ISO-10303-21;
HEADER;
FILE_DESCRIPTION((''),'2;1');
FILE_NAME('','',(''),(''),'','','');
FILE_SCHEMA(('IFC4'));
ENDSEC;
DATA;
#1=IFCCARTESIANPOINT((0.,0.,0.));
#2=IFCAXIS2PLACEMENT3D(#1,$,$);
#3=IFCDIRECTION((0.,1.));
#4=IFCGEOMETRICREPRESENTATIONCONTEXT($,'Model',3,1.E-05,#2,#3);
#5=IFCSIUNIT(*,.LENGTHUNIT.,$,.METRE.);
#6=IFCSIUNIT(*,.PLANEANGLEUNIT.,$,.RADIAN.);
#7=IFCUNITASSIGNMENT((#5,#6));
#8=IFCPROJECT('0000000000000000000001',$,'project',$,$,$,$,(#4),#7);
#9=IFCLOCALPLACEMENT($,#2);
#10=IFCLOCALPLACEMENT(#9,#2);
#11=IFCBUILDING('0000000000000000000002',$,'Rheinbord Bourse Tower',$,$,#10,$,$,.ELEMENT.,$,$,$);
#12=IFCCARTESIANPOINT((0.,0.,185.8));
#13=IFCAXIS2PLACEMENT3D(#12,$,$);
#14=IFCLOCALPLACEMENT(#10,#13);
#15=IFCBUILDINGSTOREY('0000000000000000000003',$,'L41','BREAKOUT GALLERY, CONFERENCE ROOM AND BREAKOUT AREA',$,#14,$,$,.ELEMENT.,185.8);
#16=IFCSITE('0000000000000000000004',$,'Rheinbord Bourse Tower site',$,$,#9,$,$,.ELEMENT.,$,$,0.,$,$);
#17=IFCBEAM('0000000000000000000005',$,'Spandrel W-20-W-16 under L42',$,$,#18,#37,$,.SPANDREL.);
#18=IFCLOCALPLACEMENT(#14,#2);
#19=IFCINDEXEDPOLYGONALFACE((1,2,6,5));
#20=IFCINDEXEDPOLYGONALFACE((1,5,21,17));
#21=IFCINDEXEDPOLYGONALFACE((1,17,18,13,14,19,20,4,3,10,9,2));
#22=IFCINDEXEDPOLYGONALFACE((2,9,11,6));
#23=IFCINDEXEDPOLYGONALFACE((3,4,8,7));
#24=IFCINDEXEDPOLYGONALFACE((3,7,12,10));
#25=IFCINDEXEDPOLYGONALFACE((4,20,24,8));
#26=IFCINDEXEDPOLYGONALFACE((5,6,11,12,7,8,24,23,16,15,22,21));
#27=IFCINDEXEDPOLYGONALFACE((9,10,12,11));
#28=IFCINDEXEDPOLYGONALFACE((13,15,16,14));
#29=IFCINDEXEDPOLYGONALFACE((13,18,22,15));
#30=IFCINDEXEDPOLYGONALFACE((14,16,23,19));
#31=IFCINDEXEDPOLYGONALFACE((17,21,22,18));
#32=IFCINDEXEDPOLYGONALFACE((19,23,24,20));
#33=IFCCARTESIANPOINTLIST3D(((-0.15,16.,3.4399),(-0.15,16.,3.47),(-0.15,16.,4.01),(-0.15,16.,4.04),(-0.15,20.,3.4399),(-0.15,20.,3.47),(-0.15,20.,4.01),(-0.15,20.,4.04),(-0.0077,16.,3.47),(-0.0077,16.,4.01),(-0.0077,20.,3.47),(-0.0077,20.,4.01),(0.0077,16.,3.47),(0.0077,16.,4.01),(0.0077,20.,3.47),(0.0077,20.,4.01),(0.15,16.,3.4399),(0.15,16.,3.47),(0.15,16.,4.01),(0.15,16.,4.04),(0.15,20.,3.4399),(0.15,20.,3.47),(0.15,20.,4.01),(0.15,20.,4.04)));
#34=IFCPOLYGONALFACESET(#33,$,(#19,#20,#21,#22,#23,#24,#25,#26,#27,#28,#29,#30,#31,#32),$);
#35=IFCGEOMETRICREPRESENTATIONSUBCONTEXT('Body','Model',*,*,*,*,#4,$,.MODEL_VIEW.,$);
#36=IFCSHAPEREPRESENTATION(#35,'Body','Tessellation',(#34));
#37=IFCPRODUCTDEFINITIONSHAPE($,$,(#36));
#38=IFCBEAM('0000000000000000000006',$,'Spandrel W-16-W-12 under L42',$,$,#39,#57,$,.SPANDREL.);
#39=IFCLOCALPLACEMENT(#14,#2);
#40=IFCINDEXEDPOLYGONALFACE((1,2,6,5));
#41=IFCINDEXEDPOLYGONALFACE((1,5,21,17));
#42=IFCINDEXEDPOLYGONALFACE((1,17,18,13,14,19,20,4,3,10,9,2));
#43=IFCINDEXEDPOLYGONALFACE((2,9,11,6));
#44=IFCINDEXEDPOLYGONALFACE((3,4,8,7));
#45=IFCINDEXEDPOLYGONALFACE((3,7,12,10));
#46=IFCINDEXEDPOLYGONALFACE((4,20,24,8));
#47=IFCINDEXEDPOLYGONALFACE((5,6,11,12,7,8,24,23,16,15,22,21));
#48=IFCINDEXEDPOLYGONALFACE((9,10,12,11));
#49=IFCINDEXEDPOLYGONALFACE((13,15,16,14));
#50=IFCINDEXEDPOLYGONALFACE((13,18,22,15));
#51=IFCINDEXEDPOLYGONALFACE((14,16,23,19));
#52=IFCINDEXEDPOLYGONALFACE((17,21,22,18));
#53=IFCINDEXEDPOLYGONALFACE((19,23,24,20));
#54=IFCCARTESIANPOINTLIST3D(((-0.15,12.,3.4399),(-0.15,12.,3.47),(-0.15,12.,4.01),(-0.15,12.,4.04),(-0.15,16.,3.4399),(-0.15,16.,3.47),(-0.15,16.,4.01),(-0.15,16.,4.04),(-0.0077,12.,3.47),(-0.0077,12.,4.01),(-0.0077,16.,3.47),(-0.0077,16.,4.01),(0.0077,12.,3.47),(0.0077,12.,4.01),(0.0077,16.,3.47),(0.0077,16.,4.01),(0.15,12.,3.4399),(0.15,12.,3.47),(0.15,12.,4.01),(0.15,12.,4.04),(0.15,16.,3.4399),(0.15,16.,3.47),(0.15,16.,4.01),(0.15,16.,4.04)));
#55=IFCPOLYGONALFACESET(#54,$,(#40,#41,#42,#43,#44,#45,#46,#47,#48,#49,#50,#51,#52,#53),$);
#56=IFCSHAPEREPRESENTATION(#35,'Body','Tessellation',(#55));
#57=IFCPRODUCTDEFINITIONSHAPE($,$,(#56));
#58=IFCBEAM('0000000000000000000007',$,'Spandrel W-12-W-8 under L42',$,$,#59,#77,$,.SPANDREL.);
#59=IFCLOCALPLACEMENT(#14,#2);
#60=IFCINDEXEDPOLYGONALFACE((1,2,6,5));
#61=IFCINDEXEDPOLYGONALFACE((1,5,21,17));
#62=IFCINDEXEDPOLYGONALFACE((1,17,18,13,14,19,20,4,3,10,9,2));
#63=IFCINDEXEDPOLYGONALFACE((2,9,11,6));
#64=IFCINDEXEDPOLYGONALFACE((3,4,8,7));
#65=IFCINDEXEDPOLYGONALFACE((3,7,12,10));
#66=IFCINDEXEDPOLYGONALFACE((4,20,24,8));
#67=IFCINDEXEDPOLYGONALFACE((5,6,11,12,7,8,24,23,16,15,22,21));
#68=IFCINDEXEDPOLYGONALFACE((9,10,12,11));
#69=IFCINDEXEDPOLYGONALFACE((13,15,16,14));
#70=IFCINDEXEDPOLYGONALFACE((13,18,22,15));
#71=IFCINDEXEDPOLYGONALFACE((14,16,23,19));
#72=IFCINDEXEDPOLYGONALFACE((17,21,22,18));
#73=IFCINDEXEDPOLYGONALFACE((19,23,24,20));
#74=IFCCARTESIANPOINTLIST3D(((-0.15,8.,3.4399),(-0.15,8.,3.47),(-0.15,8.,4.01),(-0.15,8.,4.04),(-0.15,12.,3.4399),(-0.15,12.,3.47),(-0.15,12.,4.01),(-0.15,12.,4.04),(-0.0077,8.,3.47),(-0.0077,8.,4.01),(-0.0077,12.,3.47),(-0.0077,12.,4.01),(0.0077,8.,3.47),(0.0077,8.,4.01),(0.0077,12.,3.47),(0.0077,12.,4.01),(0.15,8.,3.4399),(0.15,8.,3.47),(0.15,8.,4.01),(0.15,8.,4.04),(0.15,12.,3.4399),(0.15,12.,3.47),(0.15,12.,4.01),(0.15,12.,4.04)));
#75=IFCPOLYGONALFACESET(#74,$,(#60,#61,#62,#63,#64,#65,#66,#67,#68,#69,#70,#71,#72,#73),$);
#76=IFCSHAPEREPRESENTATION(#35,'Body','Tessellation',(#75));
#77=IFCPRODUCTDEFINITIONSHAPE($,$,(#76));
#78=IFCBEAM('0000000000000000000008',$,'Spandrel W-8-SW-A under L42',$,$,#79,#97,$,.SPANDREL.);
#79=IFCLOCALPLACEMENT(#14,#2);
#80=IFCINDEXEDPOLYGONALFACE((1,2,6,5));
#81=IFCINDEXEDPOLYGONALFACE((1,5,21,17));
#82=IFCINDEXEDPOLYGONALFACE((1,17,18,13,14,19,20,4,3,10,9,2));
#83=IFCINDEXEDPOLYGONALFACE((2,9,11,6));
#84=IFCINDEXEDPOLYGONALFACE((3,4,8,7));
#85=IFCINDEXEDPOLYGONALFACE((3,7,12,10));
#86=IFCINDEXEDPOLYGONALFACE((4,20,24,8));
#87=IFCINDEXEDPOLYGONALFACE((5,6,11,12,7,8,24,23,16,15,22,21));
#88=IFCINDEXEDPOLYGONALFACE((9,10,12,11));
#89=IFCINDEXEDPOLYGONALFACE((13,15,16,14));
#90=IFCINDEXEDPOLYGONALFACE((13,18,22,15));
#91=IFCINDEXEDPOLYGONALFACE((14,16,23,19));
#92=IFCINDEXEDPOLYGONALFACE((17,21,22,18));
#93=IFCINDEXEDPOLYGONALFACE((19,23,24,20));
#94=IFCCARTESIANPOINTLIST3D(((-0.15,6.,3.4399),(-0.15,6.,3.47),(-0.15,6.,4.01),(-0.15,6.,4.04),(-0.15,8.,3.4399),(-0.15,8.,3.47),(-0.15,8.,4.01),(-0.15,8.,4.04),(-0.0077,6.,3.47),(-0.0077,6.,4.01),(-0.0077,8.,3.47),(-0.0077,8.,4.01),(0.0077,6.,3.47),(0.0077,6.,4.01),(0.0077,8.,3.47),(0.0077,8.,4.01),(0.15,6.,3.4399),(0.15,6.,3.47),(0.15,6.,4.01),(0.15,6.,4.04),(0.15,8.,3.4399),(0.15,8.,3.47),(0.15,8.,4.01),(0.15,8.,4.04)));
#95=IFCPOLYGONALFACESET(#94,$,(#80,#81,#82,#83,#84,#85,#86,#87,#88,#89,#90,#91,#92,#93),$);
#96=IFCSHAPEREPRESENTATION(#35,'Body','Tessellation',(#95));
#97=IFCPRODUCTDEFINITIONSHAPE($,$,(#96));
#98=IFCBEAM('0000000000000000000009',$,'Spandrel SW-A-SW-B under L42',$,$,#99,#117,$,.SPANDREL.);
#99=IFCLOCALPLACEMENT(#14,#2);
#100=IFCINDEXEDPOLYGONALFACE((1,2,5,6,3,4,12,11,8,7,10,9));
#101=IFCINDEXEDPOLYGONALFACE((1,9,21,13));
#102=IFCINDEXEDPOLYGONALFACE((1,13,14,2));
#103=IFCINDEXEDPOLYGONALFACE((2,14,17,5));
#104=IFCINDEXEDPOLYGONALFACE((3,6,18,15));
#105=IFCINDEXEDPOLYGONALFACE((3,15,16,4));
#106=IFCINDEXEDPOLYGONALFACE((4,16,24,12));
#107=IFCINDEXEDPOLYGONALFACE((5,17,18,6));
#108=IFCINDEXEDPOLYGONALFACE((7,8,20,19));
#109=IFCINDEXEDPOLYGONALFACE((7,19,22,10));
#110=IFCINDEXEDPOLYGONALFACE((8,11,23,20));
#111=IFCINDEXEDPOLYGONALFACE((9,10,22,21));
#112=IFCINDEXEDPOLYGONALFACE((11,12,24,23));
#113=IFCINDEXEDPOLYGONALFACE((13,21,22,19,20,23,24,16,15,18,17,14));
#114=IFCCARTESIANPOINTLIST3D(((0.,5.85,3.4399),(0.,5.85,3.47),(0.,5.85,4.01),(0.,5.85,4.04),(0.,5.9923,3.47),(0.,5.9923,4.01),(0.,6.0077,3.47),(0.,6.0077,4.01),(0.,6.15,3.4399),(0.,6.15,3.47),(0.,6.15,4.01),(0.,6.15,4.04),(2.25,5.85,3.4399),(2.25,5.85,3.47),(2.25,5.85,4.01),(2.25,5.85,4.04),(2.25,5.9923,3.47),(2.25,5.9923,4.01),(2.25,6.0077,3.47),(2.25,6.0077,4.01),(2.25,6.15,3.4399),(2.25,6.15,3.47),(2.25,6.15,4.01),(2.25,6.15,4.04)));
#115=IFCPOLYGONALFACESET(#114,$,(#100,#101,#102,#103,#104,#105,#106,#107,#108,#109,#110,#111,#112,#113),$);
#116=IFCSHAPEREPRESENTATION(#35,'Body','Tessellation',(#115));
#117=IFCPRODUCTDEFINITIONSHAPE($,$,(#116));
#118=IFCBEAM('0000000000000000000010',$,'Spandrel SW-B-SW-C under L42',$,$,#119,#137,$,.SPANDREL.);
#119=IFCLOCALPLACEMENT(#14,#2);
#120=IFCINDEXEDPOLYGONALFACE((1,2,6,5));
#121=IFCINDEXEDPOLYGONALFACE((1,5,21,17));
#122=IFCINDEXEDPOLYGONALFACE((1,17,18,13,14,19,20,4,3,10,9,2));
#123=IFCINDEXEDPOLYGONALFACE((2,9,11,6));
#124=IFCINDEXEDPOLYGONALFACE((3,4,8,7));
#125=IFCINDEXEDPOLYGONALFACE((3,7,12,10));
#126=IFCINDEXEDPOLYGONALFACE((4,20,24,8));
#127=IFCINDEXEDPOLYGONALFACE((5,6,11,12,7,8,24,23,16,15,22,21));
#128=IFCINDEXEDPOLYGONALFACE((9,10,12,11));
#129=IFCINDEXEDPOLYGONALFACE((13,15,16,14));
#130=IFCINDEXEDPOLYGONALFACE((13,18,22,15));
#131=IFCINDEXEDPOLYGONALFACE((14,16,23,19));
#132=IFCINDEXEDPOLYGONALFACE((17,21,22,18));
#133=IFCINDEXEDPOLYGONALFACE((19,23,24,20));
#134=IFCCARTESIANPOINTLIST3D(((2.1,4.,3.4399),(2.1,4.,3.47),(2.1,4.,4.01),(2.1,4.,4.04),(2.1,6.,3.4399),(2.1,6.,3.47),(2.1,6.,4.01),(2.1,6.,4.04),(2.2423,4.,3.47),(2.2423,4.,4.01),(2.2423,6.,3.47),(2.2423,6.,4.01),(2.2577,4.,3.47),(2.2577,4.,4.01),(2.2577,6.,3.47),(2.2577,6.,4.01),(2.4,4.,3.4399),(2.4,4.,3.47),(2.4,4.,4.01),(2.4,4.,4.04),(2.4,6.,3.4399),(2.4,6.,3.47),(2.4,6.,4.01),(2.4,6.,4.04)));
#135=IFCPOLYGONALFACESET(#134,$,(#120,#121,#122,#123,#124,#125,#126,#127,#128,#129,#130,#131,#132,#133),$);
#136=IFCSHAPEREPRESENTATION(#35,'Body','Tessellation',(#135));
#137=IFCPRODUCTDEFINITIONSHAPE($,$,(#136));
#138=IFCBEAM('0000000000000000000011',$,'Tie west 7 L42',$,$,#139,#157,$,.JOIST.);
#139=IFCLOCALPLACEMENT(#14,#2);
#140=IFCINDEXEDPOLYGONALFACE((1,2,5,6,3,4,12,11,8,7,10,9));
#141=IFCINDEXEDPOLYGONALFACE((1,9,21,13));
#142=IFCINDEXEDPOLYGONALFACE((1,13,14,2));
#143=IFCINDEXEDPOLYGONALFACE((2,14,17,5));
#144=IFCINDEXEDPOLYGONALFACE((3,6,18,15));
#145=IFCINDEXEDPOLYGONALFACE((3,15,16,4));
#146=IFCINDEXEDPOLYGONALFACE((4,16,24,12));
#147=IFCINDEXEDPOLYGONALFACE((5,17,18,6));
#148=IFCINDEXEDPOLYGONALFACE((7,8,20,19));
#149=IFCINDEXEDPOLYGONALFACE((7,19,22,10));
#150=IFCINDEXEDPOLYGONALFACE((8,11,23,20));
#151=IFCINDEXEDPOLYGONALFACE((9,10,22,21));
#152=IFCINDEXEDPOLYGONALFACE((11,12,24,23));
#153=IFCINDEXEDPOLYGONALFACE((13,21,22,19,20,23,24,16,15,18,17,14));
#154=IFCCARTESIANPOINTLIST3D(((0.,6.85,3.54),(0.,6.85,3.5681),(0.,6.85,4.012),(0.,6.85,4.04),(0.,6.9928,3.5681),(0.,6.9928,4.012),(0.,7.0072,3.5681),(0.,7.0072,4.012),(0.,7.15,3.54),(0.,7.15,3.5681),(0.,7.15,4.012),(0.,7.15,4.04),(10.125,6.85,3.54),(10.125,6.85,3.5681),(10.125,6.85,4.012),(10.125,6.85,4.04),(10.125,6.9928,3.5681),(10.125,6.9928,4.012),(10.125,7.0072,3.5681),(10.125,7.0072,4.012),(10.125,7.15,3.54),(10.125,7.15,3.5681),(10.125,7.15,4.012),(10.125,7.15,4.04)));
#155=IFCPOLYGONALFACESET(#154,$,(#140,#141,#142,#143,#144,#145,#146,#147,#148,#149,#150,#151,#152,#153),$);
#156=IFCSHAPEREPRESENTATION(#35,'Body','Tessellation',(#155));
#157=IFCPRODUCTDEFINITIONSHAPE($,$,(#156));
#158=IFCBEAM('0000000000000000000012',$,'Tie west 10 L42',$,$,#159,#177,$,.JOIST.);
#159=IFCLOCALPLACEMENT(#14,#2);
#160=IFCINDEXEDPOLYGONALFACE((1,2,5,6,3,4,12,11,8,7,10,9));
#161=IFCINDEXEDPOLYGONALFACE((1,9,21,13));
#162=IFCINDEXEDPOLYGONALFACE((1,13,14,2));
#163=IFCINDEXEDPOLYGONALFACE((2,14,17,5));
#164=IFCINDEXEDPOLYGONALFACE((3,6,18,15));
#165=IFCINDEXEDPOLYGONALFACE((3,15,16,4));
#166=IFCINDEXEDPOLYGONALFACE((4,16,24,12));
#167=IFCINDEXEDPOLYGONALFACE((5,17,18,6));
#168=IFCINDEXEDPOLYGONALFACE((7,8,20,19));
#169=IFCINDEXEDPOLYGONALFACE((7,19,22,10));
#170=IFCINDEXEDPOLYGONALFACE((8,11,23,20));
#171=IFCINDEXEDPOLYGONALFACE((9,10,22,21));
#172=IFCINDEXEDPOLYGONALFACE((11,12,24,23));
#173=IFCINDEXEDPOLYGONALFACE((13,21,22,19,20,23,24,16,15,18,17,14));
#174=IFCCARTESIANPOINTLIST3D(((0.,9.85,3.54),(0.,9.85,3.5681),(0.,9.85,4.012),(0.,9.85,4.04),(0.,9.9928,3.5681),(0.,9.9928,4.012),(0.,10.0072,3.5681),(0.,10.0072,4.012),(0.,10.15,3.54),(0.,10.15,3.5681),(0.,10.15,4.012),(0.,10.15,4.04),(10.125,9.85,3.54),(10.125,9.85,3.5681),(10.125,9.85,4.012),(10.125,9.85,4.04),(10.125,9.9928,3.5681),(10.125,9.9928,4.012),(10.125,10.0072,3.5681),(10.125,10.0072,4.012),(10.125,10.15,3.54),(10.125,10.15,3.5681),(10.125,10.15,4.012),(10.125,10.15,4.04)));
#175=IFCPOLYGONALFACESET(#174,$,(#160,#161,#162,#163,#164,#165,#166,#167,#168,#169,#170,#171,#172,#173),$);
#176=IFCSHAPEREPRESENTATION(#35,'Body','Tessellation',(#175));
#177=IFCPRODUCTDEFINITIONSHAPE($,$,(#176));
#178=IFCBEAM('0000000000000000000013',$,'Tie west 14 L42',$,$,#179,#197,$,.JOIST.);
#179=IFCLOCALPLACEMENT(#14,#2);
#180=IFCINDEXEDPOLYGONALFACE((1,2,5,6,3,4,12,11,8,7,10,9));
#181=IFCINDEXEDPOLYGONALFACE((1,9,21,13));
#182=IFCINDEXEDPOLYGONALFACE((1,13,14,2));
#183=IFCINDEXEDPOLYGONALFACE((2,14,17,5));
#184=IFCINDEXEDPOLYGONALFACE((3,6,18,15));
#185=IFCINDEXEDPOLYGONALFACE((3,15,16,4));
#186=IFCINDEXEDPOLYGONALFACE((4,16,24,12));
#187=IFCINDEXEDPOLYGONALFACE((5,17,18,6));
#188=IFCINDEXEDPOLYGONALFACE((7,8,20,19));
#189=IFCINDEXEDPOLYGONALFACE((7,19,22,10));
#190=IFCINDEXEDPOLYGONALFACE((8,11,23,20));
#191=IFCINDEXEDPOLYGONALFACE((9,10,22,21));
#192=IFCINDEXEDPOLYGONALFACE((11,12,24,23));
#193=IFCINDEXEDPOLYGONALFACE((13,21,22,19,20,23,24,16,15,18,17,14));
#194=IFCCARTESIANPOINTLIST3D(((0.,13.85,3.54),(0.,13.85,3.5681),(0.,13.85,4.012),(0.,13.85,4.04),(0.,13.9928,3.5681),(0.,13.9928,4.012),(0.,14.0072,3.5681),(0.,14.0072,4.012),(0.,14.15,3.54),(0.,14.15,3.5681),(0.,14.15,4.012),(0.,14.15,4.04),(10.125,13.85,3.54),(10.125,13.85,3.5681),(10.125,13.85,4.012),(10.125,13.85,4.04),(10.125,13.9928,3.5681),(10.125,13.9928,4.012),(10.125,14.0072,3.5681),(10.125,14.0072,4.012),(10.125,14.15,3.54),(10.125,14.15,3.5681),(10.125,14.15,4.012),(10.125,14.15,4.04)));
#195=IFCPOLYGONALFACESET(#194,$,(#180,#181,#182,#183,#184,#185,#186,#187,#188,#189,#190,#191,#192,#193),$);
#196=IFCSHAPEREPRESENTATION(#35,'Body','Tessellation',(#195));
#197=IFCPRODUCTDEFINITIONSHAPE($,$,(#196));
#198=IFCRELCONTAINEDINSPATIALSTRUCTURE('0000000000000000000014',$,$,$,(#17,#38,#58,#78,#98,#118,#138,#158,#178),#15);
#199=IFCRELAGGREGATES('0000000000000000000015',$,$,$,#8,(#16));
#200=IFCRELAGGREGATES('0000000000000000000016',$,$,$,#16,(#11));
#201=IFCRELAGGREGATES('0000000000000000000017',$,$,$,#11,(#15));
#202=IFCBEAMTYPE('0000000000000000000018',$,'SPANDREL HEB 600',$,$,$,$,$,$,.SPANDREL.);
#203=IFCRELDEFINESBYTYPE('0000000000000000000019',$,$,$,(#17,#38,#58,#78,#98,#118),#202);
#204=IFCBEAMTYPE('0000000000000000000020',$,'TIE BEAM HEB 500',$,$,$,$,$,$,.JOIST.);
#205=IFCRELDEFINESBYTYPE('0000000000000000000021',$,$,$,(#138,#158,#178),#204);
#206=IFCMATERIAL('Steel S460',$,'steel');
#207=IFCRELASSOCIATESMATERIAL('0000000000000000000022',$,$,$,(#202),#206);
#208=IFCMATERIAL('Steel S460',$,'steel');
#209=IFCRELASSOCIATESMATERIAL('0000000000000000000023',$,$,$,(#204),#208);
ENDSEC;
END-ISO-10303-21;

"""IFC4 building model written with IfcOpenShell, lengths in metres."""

from ifc_helpers import new_model, si_unit, direction, frame, origin, origin_2d, place, context, subcontext, project, spatial, i_section, extrude, material, material_profile, profile_set, type_object, element, save


model = new_model("IFC4")

# Units and contexts
model_context = context("Model", 3, precision=1e-05, world=origin(), true_north=direction((0.0, 1.0)))
body_context = subcontext(model_context, "Body", "Model", "MODEL_VIEW")
ifc_project = project(units=[si_unit("LENGTHUNIT", "METRE"), si_unit("PLANEANGLEUNIT", "RADIAN")], contexts=[model_context])

# Site, building, storey
site_placement = place(None, origin())
site = spatial("IfcSite", under=ifc_project, at=site_placement, Name="Rheinbord Bourse Tower site", CompositionType="ELEMENT", RefElevation=0.0)
building_placement = place(site_placement, origin())
building = spatial("IfcBuilding", under=site, at=building_placement, Name="Rheinbord Bourse Tower", CompositionType="ELEMENT")
storey_placement = place(building_placement, frame((0.0, 0.0, 185.8)))
storey = spatial("IfcBuildingStorey", under=building, at=storey_placement, Name="L41", Description="BREAKOUT GALLERY, CONFERENCE ROOM AND BREAKOUT AREA", CompositionType="ELEMENT", Elevation=185.8)

# Beams
ifc_material_1 = material(Name="Steel S460", Category="steel")
ifc_material_profile_1 = material_profile(ifc_material_1, i_section(OverallWidth=0.3, OverallDepth=0.6001, WebThickness=0.0154, FlangeThickness=0.03, at=origin_2d()), Name="HEB 600")
ifc_profile_set_1 = profile_set([ifc_material_profile_1], Name="Steel S460")
beam_type_1 = type_object("IfcBeamType", Name="SPANDREL HEB 600", PredefinedType="SPANDREL", material=ifc_profile_set_1)
for number, where, z_axis, x_axis, name in (
    (1, (0.0, 20.0, 3.74), (0.0, -1.0, 0.0), (1.0, 0.0, 0.0), "Spandrel W-20-W-16 under L42"),
    (2, (0.0, 16.0, 3.74), (0.0, -1.0, 0.0), (1.0, 0.0, 0.0), "Spandrel W-16-W-12 under L42"),
    (3, (0.0, 12.0, 3.74), (0.0, -1.0, 0.0), (1.0, 0.0, 0.0), "Spandrel W-12-W-8 under L42"),
):
    element("IfcBeam", number, at=place(storey_placement, frame(where, z_axis=z_axis, x_axis=x_axis)), inside=storey, type_object=beam_type_1, Name=name, PredefinedType="SPANDREL", context=body_context, shape_type="SweptSolid", body=[
        extrude(i_section(OverallWidth=0.3, OverallDepth=0.6001, WebThickness=0.0154, FlangeThickness=0.03, at=origin_2d()), origin(), (0.0, 0.0, 1.0), 4.0),
    ])
beam_1_placement = place(storey_placement, frame((0.0, 8.0, 3.74), z_axis=(0.0, -1.0, 0.0), x_axis=(1.0, 0.0, 0.0)))
element("IfcBeam", 4, at=beam_1_placement, inside=storey, type_object=beam_type_1, Name="Spandrel W-8-SW-A under L42", PredefinedType="SPANDREL", context=body_context, shape_type="SweptSolid", body=[
    extrude(i_section(OverallWidth=0.3, OverallDepth=0.6001, WebThickness=0.0154, FlangeThickness=0.03, at=origin_2d()), origin(), (0.0, 0.0, 1.0), 2.0),
])
beam_2_placement = place(storey_placement, frame((0.0, 6.0, 3.74), z_axis=(1.0, 0.0, 0.0), x_axis=(0.0, 1.0, 0.0)))
element("IfcBeam", 5, at=beam_2_placement, inside=storey, type_object=beam_type_1, Name="Spandrel SW-A-SW-B under L42", PredefinedType="SPANDREL", context=body_context, shape_type="SweptSolid", body=[
    extrude(i_section(OverallWidth=0.3, OverallDepth=0.6001, WebThickness=0.0154, FlangeThickness=0.03, at=origin_2d()), origin(), (0.0, 0.0, 1.0), 2.25),
])
beam_3_placement = place(storey_placement, frame((2.25, 6.0, 3.74), z_axis=(0.0, -1.0, 0.0), x_axis=(1.0, 0.0, 0.0)))
element("IfcBeam", 6, at=beam_3_placement, inside=storey, type_object=beam_type_1, Name="Spandrel SW-B-SW-C under L42", PredefinedType="SPANDREL", context=body_context, shape_type="SweptSolid", body=[
    extrude(i_section(OverallWidth=0.3, OverallDepth=0.6001, WebThickness=0.0154, FlangeThickness=0.03, at=origin_2d()), origin(), (0.0, 0.0, 1.0), 2.0),
])
ifc_material_2 = material(Name="Steel S460", Category="steel")
ifc_material_profile_2 = material_profile(ifc_material_2, i_section(OverallWidth=0.3, OverallDepth=0.5, WebThickness=0.0144, FlangeThickness=0.0281, at=origin_2d()), Name="HEB 500")
ifc_profile_set_2 = profile_set([ifc_material_profile_2], Name="Steel S460")
beam_type_2 = type_object("IfcBeamType", Name="TIE BEAM HEB 500", PredefinedType="JOIST", material=ifc_profile_set_2)
for number, where, z_axis, x_axis, name in (
    (7, (0.0, 7.0, 3.79), (1.0, 0.0, 0.0), (0.0, 1.0, 0.0), "Tie west 7 L42"),
    (8, (0.0, 10.0, 3.79), (1.0, 0.0, 0.0), (0.0, 1.0, 0.0), "Tie west 10 L42"),
    (9, (0.0, 14.0, 3.79), (1.0, 0.0, 0.0), (0.0, 1.0, 0.0), "Tie west 14 L42"),
):
    element("IfcBeam", number, at=place(storey_placement, frame(where, z_axis=z_axis, x_axis=x_axis)), inside=storey, type_object=beam_type_2, Name=name, PredefinedType="JOIST", context=body_context, shape_type="SweptSolid", body=[
        extrude(i_section(OverallWidth=0.3, OverallDepth=0.5, WebThickness=0.0144, FlangeThickness=0.0281, at=origin_2d()), origin(), (0.0, 0.0, 1.0), 10.125),
    ])

save(model, "model.ifc")
